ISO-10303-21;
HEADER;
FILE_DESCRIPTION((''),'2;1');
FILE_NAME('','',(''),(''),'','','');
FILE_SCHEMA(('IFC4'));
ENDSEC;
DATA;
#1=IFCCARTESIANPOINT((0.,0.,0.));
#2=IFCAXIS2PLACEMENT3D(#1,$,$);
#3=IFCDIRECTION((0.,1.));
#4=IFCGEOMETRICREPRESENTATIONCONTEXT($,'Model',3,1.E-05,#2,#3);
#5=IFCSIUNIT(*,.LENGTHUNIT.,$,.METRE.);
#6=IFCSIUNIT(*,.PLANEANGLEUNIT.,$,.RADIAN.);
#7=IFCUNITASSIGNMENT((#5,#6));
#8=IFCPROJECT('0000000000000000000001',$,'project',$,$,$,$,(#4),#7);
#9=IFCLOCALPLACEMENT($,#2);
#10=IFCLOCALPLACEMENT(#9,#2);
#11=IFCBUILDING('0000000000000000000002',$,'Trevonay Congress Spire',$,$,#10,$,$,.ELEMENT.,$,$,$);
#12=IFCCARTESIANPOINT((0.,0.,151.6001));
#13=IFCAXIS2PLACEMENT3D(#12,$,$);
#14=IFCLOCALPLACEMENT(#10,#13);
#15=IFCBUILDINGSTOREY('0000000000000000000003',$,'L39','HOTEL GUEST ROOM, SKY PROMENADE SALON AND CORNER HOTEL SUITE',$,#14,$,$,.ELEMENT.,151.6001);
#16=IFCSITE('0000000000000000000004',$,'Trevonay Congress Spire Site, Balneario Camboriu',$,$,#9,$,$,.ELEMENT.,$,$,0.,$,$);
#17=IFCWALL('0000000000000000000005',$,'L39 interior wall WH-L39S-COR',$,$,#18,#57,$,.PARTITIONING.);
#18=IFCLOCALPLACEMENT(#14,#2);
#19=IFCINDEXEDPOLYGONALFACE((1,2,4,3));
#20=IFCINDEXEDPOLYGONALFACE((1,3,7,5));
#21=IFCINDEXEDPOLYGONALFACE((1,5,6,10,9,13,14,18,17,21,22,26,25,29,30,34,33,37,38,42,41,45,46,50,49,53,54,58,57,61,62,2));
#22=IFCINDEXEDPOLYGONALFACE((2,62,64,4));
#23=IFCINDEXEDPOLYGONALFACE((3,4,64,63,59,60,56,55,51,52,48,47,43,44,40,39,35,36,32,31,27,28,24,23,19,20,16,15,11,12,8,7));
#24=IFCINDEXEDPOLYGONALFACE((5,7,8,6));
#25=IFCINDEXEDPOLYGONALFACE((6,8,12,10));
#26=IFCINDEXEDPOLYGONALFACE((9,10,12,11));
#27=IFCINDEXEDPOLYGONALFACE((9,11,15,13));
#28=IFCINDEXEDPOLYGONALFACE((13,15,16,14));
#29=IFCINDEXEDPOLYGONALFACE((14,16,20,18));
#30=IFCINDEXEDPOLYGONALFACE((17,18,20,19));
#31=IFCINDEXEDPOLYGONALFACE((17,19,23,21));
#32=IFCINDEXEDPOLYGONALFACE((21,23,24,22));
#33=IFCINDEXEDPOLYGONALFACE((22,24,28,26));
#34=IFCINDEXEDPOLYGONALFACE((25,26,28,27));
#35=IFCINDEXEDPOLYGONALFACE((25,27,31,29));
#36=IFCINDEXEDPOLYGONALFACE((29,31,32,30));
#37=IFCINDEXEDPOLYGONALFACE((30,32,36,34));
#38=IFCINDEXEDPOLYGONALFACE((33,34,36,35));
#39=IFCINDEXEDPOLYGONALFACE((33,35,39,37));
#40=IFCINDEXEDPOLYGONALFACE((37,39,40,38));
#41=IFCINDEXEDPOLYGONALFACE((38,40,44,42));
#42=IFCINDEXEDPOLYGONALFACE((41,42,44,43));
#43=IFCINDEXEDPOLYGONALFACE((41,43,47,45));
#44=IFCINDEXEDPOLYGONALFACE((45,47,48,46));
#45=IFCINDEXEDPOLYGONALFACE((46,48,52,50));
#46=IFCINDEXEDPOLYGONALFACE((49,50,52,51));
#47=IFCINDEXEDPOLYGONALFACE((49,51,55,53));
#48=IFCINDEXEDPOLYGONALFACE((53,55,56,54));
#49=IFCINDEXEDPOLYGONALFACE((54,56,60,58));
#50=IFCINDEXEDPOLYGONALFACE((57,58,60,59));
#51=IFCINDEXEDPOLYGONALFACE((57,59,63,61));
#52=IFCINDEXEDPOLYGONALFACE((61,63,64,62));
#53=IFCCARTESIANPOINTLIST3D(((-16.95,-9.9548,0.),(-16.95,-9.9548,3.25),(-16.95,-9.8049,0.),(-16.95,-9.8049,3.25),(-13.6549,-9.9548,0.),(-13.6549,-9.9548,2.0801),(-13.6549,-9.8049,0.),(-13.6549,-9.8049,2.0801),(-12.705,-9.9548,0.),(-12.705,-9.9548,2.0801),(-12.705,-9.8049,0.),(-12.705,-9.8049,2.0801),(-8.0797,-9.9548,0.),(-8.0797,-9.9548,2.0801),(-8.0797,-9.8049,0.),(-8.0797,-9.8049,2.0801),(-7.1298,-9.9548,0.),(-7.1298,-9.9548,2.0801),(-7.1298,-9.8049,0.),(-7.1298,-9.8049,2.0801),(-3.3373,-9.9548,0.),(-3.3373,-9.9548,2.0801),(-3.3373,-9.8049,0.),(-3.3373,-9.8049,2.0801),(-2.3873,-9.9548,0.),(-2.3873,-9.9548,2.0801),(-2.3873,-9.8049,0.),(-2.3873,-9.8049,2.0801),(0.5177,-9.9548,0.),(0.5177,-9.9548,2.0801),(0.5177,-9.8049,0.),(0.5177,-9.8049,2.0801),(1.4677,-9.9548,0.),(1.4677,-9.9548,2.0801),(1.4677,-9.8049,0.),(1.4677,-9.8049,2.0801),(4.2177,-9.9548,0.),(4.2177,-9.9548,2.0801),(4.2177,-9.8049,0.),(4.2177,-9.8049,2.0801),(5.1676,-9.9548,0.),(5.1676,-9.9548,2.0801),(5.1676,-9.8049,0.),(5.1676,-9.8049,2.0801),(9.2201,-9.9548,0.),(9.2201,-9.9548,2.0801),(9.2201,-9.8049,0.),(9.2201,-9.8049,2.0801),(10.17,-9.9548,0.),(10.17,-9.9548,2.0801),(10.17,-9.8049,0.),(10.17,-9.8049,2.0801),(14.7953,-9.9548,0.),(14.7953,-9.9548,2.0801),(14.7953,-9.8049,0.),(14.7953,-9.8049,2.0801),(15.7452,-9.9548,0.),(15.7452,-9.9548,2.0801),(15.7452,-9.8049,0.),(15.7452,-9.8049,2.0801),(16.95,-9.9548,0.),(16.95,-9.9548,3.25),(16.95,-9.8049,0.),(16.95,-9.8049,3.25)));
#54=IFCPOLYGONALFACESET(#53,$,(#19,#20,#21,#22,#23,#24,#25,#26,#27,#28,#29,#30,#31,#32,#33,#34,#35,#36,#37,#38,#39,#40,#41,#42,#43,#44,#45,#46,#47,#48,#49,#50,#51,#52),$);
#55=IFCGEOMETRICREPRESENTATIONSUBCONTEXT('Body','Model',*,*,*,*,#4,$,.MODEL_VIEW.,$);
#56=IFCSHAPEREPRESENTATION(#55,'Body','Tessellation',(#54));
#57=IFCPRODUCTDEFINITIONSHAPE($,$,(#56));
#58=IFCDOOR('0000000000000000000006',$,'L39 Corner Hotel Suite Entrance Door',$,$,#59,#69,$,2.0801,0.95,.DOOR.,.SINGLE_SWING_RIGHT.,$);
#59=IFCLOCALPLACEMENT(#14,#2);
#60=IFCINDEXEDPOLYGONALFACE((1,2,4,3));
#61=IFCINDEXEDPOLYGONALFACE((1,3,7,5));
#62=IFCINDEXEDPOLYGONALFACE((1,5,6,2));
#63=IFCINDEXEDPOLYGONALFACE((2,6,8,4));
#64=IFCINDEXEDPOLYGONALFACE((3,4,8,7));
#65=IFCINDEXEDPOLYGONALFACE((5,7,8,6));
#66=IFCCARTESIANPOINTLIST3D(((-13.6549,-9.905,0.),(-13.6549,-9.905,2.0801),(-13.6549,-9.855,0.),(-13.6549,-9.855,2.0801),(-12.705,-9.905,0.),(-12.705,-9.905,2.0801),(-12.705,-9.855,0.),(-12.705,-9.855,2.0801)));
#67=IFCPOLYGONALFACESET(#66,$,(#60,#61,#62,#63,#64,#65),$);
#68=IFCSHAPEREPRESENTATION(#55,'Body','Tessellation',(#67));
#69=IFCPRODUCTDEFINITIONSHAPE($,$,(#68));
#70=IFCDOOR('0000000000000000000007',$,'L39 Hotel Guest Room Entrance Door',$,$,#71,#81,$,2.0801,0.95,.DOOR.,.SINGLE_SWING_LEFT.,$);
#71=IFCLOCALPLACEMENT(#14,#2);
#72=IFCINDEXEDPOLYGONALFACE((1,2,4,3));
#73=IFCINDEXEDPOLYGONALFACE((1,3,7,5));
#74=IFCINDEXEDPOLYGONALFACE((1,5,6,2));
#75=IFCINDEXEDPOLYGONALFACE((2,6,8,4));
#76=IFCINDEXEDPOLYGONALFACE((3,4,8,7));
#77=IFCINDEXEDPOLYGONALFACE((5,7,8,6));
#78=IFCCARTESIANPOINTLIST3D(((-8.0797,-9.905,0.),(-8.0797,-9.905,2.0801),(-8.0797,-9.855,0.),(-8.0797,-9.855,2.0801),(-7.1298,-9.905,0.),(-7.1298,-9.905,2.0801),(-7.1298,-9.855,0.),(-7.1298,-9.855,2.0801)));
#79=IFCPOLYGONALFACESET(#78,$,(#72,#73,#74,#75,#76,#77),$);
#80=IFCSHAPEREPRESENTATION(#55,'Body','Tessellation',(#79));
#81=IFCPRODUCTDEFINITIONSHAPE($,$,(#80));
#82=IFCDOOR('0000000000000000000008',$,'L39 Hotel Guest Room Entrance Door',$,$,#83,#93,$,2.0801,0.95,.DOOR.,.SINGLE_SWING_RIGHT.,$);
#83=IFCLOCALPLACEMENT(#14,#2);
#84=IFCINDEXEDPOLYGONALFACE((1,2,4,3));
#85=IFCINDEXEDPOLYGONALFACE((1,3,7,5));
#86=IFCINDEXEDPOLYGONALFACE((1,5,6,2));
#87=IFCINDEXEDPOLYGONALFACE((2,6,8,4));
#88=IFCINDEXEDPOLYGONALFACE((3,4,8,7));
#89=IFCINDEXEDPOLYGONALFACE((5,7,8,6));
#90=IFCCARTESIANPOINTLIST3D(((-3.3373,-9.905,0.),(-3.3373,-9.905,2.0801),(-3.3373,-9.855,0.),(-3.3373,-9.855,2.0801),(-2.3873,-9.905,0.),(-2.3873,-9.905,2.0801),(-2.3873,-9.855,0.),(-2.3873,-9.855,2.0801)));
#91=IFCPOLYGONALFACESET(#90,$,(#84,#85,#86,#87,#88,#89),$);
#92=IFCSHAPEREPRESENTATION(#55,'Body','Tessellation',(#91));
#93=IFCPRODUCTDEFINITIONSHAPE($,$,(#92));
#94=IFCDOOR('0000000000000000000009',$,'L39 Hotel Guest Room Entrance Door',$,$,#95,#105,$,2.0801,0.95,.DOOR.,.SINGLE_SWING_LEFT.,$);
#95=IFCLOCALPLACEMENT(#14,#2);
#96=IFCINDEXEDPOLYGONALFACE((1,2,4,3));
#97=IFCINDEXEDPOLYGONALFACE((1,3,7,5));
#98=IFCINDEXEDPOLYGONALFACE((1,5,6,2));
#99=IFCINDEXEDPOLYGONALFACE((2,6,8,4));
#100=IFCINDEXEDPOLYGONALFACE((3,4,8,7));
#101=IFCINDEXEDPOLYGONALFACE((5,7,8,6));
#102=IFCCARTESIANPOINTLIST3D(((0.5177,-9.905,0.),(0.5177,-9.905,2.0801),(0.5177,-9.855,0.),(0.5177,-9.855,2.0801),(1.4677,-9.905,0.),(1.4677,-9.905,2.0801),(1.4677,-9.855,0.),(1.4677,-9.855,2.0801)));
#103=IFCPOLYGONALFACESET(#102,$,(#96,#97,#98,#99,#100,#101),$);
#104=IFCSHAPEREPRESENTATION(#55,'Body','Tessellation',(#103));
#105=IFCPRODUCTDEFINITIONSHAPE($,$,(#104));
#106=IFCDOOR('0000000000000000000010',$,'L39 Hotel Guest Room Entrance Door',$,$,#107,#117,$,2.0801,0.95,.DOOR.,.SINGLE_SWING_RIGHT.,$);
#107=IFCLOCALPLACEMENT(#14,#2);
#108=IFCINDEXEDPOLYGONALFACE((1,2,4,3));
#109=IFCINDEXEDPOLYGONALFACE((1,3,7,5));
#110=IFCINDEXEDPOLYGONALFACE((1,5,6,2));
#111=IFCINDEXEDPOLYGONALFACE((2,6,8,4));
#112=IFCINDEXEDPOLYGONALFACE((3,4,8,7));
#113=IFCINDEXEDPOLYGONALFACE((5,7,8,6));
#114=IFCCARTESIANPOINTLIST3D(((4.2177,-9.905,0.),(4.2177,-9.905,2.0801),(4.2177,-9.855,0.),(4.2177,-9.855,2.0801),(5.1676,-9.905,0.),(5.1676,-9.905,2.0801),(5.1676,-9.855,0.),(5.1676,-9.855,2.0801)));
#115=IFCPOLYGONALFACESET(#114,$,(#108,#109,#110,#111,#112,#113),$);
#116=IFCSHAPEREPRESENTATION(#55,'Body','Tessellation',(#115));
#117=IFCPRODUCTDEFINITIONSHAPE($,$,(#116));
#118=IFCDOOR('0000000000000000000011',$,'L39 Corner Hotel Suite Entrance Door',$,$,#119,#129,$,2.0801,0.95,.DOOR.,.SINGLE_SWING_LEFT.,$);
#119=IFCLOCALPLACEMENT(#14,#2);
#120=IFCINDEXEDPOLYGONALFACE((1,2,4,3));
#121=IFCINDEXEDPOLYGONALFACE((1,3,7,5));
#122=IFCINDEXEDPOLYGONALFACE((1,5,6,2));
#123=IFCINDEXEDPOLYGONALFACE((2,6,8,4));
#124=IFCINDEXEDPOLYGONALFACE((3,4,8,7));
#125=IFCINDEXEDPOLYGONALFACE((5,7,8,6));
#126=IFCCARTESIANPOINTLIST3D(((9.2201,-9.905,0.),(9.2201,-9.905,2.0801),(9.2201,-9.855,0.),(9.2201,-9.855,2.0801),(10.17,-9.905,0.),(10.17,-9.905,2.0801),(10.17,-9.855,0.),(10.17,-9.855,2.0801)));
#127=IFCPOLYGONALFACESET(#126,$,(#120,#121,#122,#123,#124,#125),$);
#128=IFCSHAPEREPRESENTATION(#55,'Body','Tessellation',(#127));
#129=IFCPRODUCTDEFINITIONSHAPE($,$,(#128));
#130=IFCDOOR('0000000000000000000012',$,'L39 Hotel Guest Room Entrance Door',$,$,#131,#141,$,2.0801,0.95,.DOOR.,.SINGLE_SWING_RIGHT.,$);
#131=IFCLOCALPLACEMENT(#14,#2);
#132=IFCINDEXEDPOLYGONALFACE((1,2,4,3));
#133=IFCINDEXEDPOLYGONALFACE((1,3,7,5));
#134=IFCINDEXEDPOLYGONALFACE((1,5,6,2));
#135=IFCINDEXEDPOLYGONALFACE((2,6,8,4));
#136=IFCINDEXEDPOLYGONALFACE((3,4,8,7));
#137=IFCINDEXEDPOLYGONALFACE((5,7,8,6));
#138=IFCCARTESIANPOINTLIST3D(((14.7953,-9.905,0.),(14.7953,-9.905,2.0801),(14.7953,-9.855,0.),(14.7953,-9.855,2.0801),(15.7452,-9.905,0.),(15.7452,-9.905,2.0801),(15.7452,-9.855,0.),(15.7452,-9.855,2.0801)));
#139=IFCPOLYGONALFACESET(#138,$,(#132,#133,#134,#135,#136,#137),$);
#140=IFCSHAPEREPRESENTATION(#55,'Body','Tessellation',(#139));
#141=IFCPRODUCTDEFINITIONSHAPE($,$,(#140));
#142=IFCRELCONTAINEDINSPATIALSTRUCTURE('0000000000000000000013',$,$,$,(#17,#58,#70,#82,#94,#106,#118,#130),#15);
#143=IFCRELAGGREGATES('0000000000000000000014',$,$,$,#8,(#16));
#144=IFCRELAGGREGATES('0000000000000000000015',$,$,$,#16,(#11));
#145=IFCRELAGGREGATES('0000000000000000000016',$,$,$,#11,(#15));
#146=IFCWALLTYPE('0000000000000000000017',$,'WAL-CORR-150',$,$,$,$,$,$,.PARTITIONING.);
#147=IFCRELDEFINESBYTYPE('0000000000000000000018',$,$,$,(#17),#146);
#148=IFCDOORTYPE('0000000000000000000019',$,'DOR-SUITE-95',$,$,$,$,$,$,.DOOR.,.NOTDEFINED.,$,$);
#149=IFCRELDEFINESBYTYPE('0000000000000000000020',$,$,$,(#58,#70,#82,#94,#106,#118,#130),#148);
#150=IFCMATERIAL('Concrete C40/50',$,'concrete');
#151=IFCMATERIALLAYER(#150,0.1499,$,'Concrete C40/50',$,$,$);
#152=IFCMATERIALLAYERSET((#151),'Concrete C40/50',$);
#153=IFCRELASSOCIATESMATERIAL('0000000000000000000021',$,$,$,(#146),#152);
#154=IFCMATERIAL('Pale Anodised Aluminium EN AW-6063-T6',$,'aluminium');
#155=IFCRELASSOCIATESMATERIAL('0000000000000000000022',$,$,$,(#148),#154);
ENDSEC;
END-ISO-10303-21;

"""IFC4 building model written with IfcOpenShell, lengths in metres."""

from ifc_helpers import new_model, si_unit, direction, frame, frame_2d, origin, place, context, subcontext, project, spatial, rectangle, extrude, material, layer, layer_set, type_object, element, fill, save


model = new_model("IFC4")

# Units and contexts
model_context = context("Model", 3, precision=1e-05, world=origin(), true_north=direction((0.0, 1.0)))
body_context = subcontext(model_context, "Body", "Model", "MODEL_VIEW")
ifc_project = project(units=[si_unit("LENGTHUNIT", "METRE"), si_unit("PLANEANGLEUNIT", "RADIAN")], contexts=[model_context])

# Site, building, storey
site_placement = place(None, origin())
site = spatial("IfcSite", under=ifc_project, at=site_placement, Name="Trevonay Congress Spire Site, Balneario Camboriu", CompositionType="ELEMENT", RefElevation=0.0)
building_placement = place(site_placement, origin())
building = spatial("IfcBuilding", under=site, at=building_placement, Name="Trevonay Congress Spire", CompositionType="ELEMENT")
storey_placement = place(building_placement, frame((0.0, 0.0, 151.6001)))
storey = spatial("IfcBuildingStorey", under=building, at=storey_placement, Name="L39", Description="HOTEL GUEST ROOM, SKY PROMENADE SALON AND CORNER HOTEL SUITE", CompositionType="ELEMENT", Elevation=151.6001)

# Shared definitions
ifc_material_1 = material(Name="Pale Anodised Aluminium EN AW-6063-T6", Category="aluminium")

# Wall, openings, doors
ifc_material_2 = material(Name="Concrete C40/50", Category="concrete")
ifc_layer_1 = layer(ifc_material_2, 0.1499, Name="Concrete C40/50")
ifc_layer_set_1 = layer_set([ifc_layer_1], Name="Concrete C40/50")
wall_type_1 = type_object("IfcWallType", Name="WAL-CORR-150", PredefinedType="PARTITIONING", material=ifc_layer_set_1)
wall_1_placement = place(storey_placement, frame((-16.95, -9.8799, 0.0), z_axis=(0.0, 0.0, 1.0), x_axis=(1.0, 0.0, 0.0)))
wall_1 = element("IfcWall", 1, at=wall_1_placement, inside=storey, type_object=wall_type_1, Name="L39 interior wall WH-L39S-COR", PredefinedType="PARTITIONING", context=body_context, shape_type="SweptSolid", body=[
    extrude(rectangle(XDim=33.8999, YDim=0.1499, at=frame_2d((16.95, 0.0))), origin(), (0.0, 0.0, 1.0), 3.25),
])
opening_1_placement = place(wall_1_placement, frame((3.2949, 0.0, 0.0)))
opening_1 = element("IfcOpeningElement", 2, at=opening_1_placement, cuts=wall_1, PredefinedType="OPENING", context=body_context, shape_type="SweptSolid", body=[
    extrude(rectangle(XDim=0.95, YDim=2.0801, at=frame_2d((0.4751, 1.04))), frame((0.0, 0.085, 0.0), z_axis=(0.0, -1.0, 0.0), x_axis=(1.0, 0.0, 0.0)), (0.0, 0.0, 1.0), 0.1699),
])
opening_2_placement = place(wall_1_placement, frame((8.8701, 0.0, 0.0)))
opening_2 = element("IfcOpeningElement", 3, at=opening_2_placement, cuts=wall_1, PredefinedType="OPENING", context=body_context, shape_type="SweptSolid", body=[
    extrude(rectangle(XDim=0.95, YDim=2.0801, at=frame_2d((0.4751, 1.04))), frame((0.0, 0.085, 0.0), z_axis=(0.0, -1.0, 0.0), x_axis=(1.0, 0.0, 0.0)), (0.0, 0.0, 1.0), 0.1699),
])
opening_3_placement = place(wall_1_placement, frame((13.6125, 0.0, 0.0)))
opening_3 = element("IfcOpeningElement", 4, at=opening_3_placement, cuts=wall_1, PredefinedType="OPENING", context=body_context, shape_type="SweptSolid", body=[
    extrude(rectangle(XDim=0.95, YDim=2.0801, at=frame_2d((0.4751, 1.04))), frame((0.0, 0.085, 0.0), z_axis=(0.0, -1.0, 0.0), x_axis=(1.0, 0.0, 0.0)), (0.0, 0.0, 1.0), 0.1699),
])
opening_4_placement = place(wall_1_placement, frame((17.4675, 0.0, 0.0)))
opening_4 = element("IfcOpeningElement", 5, at=opening_4_placement, cuts=wall_1, PredefinedType="OPENING", context=body_context, shape_type="SweptSolid", body=[
    extrude(rectangle(XDim=0.95, YDim=2.0801, at=frame_2d((0.4751, 1.04))), frame((0.0, 0.085, 0.0), z_axis=(0.0, -1.0, 0.0), x_axis=(1.0, 0.0, 0.0)), (0.0, 0.0, 1.0), 0.1699),
])
opening_5_placement = place(wall_1_placement, frame((21.1675, 0.0, 0.0)))
opening_5 = element("IfcOpeningElement", 6, at=opening_5_placement, cuts=wall_1, PredefinedType="OPENING", context=body_context, shape_type="SweptSolid", body=[
    extrude(rectangle(XDim=0.95, YDim=2.0801, at=frame_2d((0.4751, 1.04))), frame((0.0, 0.085, 0.0), z_axis=(0.0, -1.0, 0.0), x_axis=(1.0, 0.0, 0.0)), (0.0, 0.0, 1.0), 0.1699),
])
opening_6_placement = place(wall_1_placement, frame((26.1699, 0.0, 0.0)))
opening_6 = element("IfcOpeningElement", 7, at=opening_6_placement, cuts=wall_1, PredefinedType="OPENING", context=body_context, shape_type="SweptSolid", body=[
    extrude(rectangle(XDim=0.95, YDim=2.0801, at=frame_2d((0.4751, 1.04))), frame((0.0, 0.085, 0.0), z_axis=(0.0, -1.0, 0.0), x_axis=(1.0, 0.0, 0.0)), (0.0, 0.0, 1.0), 0.1699),
])
opening_7_placement = place(wall_1_placement, frame((31.7451, 0.0, 0.0)))
opening_7 = element("IfcOpeningElement", 8, at=opening_7_placement, cuts=wall_1, PredefinedType="OPENING", context=body_context, shape_type="SweptSolid", body=[
    extrude(rectangle(XDim=0.95, YDim=2.0801, at=frame_2d((0.4751, 1.04))), frame((0.0, 0.085, 0.0), z_axis=(0.0, -1.0, 0.0), x_axis=(1.0, 0.0, 0.0)), (0.0, 0.0, 1.0), 0.1699),
])
door_type_1 = type_object("IfcDoorType", Name="DOR-SUITE-95", OperationType="NOTDEFINED", PredefinedType="DOOR", material=ifc_material_1)
door_1_placement = place(opening_1_placement, origin())
door_1 = element("IfcDoor", 9, at=door_1_placement, inside=storey, type_object=door_type_1, Name="L39 Corner Hotel Suite Entrance Door", OperationType="SINGLE_SWING_RIGHT", OverallHeight=2.0801, OverallWidth=0.95, PredefinedType="DOOR", context=body_context, shape_type="SweptSolid", body=[
    extrude(rectangle(XDim=0.95, YDim=2.0801, at=frame_2d((0.4751, 1.04))), frame((0.0, 0.0249, 0.0), z_axis=(0.0, -1.0, 0.0), x_axis=(1.0, 0.0, 0.0)), (0.0, 0.0, 1.0), 0.05),
])
fill(opening_1, door_1)
door_2_placement = place(opening_2_placement, origin())
door_2 = element("IfcDoor", 10, at=door_2_placement, inside=storey, type_object=door_type_1, Name="L39 Hotel Guest Room Entrance Door", OperationType="SINGLE_SWING_LEFT", OverallHeight=2.0801, OverallWidth=0.95, PredefinedType="DOOR", context=body_context, shape_type="SweptSolid", body=[
    extrude(rectangle(XDim=0.95, YDim=2.0801, at=frame_2d((0.4751, 1.04))), frame((0.0, 0.0249, 0.0), z_axis=(0.0, -1.0, 0.0), x_axis=(1.0, 0.0, 0.0)), (0.0, 0.0, 1.0), 0.05),
])
fill(opening_2, door_2)
door_3_placement = place(opening_3_placement, origin())
door_3 = element("IfcDoor", 11, at=door_3_placement, inside=storey, type_object=door_type_1, Name="L39 Hotel Guest Room Entrance Door", OperationType="SINGLE_SWING_RIGHT", OverallHeight=2.0801, OverallWidth=0.95, PredefinedType="DOOR", context=body_context, shape_type="SweptSolid", body=[
    extrude(rectangle(XDim=0.95, YDim=2.0801, at=frame_2d((0.4751, 1.04))), frame((0.0, 0.0249, 0.0), z_axis=(0.0, -1.0, 0.0), x_axis=(1.0, 0.0, 0.0)), (0.0, 0.0, 1.0), 0.05),
])
fill(opening_3, door_3)
door_4_placement = place(opening_4_placement, origin())
door_4 = element("IfcDoor", 12, at=door_4_placement, inside=storey, type_object=door_type_1, Name="L39 Hotel Guest Room Entrance Door", OperationType="SINGLE_SWING_LEFT", OverallHeight=2.0801, OverallWidth=0.95, PredefinedType="DOOR", context=body_context, shape_type="SweptSolid", body=[
    extrude(rectangle(XDim=0.95, YDim=2.0801, at=frame_2d((0.4751, 1.04))), frame((0.0, 0.0249, 0.0), z_axis=(0.0, -1.0, 0.0), x_axis=(1.0, 0.0, 0.0)), (0.0, 0.0, 1.0), 0.05),
])
fill(opening_4, door_4)
door_5_placement = place(opening_5_placement, origin())
door_5 = element("IfcDoor", 13, at=door_5_placement, inside=storey, type_object=door_type_1, Name="L39 Hotel Guest Room Entrance Door", OperationType="SINGLE_SWING_RIGHT", OverallHeight=2.0801, OverallWidth=0.95, PredefinedType="DOOR", context=body_context, shape_type="SweptSolid", body=[
    extrude(rectangle(XDim=0.95, YDim=2.0801, at=frame_2d((0.4751, 1.04))), frame((0.0, 0.0249, 0.0), z_axis=(0.0, -1.0, 0.0), x_axis=(1.0, 0.0, 0.0)), (0.0, 0.0, 1.0), 0.05),
])
fill(opening_5, door_5)
door_6_placement = place(opening_6_placement, origin())
door_6 = element("IfcDoor", 14, at=door_6_placement, inside=storey, type_object=door_type_1, Name="L39 Corner Hotel Suite Entrance Door", OperationType="SINGLE_SWING_LEFT", OverallHeight=2.0801, OverallWidth=0.95, PredefinedType="DOOR", context=body_context, shape_type="SweptSolid", body=[
    extrude(rectangle(XDim=0.95, YDim=2.0801, at=frame_2d((0.4751, 1.04))), frame((0.0, 0.0249, 0.0), z_axis=(0.0, -1.0, 0.0), x_axis=(1.0, 0.0, 0.0)), (0.0, 0.0, 1.0), 0.05),
])
fill(opening_6, door_6)
door_7_placement = place(opening_7_placement, origin())
door_7 = element("IfcDoor", 15, at=door_7_placement, inside=storey, type_object=door_type_1, Name="L39 Hotel Guest Room Entrance Door", OperationType="SINGLE_SWING_RIGHT", OverallHeight=2.0801, OverallWidth=0.95, PredefinedType="DOOR", context=body_context, shape_type="SweptSolid", body=[
    extrude(rectangle(XDim=0.95, YDim=2.0801, at=frame_2d((0.4751, 1.04))), frame((0.0, 0.0249, 0.0), z_axis=(0.0, -1.0, 0.0), x_axis=(1.0, 0.0, 0.0)), (0.0, 0.0, 1.0), 0.05),
])
fill(opening_7, door_7)

save(model, "model.ifc")
